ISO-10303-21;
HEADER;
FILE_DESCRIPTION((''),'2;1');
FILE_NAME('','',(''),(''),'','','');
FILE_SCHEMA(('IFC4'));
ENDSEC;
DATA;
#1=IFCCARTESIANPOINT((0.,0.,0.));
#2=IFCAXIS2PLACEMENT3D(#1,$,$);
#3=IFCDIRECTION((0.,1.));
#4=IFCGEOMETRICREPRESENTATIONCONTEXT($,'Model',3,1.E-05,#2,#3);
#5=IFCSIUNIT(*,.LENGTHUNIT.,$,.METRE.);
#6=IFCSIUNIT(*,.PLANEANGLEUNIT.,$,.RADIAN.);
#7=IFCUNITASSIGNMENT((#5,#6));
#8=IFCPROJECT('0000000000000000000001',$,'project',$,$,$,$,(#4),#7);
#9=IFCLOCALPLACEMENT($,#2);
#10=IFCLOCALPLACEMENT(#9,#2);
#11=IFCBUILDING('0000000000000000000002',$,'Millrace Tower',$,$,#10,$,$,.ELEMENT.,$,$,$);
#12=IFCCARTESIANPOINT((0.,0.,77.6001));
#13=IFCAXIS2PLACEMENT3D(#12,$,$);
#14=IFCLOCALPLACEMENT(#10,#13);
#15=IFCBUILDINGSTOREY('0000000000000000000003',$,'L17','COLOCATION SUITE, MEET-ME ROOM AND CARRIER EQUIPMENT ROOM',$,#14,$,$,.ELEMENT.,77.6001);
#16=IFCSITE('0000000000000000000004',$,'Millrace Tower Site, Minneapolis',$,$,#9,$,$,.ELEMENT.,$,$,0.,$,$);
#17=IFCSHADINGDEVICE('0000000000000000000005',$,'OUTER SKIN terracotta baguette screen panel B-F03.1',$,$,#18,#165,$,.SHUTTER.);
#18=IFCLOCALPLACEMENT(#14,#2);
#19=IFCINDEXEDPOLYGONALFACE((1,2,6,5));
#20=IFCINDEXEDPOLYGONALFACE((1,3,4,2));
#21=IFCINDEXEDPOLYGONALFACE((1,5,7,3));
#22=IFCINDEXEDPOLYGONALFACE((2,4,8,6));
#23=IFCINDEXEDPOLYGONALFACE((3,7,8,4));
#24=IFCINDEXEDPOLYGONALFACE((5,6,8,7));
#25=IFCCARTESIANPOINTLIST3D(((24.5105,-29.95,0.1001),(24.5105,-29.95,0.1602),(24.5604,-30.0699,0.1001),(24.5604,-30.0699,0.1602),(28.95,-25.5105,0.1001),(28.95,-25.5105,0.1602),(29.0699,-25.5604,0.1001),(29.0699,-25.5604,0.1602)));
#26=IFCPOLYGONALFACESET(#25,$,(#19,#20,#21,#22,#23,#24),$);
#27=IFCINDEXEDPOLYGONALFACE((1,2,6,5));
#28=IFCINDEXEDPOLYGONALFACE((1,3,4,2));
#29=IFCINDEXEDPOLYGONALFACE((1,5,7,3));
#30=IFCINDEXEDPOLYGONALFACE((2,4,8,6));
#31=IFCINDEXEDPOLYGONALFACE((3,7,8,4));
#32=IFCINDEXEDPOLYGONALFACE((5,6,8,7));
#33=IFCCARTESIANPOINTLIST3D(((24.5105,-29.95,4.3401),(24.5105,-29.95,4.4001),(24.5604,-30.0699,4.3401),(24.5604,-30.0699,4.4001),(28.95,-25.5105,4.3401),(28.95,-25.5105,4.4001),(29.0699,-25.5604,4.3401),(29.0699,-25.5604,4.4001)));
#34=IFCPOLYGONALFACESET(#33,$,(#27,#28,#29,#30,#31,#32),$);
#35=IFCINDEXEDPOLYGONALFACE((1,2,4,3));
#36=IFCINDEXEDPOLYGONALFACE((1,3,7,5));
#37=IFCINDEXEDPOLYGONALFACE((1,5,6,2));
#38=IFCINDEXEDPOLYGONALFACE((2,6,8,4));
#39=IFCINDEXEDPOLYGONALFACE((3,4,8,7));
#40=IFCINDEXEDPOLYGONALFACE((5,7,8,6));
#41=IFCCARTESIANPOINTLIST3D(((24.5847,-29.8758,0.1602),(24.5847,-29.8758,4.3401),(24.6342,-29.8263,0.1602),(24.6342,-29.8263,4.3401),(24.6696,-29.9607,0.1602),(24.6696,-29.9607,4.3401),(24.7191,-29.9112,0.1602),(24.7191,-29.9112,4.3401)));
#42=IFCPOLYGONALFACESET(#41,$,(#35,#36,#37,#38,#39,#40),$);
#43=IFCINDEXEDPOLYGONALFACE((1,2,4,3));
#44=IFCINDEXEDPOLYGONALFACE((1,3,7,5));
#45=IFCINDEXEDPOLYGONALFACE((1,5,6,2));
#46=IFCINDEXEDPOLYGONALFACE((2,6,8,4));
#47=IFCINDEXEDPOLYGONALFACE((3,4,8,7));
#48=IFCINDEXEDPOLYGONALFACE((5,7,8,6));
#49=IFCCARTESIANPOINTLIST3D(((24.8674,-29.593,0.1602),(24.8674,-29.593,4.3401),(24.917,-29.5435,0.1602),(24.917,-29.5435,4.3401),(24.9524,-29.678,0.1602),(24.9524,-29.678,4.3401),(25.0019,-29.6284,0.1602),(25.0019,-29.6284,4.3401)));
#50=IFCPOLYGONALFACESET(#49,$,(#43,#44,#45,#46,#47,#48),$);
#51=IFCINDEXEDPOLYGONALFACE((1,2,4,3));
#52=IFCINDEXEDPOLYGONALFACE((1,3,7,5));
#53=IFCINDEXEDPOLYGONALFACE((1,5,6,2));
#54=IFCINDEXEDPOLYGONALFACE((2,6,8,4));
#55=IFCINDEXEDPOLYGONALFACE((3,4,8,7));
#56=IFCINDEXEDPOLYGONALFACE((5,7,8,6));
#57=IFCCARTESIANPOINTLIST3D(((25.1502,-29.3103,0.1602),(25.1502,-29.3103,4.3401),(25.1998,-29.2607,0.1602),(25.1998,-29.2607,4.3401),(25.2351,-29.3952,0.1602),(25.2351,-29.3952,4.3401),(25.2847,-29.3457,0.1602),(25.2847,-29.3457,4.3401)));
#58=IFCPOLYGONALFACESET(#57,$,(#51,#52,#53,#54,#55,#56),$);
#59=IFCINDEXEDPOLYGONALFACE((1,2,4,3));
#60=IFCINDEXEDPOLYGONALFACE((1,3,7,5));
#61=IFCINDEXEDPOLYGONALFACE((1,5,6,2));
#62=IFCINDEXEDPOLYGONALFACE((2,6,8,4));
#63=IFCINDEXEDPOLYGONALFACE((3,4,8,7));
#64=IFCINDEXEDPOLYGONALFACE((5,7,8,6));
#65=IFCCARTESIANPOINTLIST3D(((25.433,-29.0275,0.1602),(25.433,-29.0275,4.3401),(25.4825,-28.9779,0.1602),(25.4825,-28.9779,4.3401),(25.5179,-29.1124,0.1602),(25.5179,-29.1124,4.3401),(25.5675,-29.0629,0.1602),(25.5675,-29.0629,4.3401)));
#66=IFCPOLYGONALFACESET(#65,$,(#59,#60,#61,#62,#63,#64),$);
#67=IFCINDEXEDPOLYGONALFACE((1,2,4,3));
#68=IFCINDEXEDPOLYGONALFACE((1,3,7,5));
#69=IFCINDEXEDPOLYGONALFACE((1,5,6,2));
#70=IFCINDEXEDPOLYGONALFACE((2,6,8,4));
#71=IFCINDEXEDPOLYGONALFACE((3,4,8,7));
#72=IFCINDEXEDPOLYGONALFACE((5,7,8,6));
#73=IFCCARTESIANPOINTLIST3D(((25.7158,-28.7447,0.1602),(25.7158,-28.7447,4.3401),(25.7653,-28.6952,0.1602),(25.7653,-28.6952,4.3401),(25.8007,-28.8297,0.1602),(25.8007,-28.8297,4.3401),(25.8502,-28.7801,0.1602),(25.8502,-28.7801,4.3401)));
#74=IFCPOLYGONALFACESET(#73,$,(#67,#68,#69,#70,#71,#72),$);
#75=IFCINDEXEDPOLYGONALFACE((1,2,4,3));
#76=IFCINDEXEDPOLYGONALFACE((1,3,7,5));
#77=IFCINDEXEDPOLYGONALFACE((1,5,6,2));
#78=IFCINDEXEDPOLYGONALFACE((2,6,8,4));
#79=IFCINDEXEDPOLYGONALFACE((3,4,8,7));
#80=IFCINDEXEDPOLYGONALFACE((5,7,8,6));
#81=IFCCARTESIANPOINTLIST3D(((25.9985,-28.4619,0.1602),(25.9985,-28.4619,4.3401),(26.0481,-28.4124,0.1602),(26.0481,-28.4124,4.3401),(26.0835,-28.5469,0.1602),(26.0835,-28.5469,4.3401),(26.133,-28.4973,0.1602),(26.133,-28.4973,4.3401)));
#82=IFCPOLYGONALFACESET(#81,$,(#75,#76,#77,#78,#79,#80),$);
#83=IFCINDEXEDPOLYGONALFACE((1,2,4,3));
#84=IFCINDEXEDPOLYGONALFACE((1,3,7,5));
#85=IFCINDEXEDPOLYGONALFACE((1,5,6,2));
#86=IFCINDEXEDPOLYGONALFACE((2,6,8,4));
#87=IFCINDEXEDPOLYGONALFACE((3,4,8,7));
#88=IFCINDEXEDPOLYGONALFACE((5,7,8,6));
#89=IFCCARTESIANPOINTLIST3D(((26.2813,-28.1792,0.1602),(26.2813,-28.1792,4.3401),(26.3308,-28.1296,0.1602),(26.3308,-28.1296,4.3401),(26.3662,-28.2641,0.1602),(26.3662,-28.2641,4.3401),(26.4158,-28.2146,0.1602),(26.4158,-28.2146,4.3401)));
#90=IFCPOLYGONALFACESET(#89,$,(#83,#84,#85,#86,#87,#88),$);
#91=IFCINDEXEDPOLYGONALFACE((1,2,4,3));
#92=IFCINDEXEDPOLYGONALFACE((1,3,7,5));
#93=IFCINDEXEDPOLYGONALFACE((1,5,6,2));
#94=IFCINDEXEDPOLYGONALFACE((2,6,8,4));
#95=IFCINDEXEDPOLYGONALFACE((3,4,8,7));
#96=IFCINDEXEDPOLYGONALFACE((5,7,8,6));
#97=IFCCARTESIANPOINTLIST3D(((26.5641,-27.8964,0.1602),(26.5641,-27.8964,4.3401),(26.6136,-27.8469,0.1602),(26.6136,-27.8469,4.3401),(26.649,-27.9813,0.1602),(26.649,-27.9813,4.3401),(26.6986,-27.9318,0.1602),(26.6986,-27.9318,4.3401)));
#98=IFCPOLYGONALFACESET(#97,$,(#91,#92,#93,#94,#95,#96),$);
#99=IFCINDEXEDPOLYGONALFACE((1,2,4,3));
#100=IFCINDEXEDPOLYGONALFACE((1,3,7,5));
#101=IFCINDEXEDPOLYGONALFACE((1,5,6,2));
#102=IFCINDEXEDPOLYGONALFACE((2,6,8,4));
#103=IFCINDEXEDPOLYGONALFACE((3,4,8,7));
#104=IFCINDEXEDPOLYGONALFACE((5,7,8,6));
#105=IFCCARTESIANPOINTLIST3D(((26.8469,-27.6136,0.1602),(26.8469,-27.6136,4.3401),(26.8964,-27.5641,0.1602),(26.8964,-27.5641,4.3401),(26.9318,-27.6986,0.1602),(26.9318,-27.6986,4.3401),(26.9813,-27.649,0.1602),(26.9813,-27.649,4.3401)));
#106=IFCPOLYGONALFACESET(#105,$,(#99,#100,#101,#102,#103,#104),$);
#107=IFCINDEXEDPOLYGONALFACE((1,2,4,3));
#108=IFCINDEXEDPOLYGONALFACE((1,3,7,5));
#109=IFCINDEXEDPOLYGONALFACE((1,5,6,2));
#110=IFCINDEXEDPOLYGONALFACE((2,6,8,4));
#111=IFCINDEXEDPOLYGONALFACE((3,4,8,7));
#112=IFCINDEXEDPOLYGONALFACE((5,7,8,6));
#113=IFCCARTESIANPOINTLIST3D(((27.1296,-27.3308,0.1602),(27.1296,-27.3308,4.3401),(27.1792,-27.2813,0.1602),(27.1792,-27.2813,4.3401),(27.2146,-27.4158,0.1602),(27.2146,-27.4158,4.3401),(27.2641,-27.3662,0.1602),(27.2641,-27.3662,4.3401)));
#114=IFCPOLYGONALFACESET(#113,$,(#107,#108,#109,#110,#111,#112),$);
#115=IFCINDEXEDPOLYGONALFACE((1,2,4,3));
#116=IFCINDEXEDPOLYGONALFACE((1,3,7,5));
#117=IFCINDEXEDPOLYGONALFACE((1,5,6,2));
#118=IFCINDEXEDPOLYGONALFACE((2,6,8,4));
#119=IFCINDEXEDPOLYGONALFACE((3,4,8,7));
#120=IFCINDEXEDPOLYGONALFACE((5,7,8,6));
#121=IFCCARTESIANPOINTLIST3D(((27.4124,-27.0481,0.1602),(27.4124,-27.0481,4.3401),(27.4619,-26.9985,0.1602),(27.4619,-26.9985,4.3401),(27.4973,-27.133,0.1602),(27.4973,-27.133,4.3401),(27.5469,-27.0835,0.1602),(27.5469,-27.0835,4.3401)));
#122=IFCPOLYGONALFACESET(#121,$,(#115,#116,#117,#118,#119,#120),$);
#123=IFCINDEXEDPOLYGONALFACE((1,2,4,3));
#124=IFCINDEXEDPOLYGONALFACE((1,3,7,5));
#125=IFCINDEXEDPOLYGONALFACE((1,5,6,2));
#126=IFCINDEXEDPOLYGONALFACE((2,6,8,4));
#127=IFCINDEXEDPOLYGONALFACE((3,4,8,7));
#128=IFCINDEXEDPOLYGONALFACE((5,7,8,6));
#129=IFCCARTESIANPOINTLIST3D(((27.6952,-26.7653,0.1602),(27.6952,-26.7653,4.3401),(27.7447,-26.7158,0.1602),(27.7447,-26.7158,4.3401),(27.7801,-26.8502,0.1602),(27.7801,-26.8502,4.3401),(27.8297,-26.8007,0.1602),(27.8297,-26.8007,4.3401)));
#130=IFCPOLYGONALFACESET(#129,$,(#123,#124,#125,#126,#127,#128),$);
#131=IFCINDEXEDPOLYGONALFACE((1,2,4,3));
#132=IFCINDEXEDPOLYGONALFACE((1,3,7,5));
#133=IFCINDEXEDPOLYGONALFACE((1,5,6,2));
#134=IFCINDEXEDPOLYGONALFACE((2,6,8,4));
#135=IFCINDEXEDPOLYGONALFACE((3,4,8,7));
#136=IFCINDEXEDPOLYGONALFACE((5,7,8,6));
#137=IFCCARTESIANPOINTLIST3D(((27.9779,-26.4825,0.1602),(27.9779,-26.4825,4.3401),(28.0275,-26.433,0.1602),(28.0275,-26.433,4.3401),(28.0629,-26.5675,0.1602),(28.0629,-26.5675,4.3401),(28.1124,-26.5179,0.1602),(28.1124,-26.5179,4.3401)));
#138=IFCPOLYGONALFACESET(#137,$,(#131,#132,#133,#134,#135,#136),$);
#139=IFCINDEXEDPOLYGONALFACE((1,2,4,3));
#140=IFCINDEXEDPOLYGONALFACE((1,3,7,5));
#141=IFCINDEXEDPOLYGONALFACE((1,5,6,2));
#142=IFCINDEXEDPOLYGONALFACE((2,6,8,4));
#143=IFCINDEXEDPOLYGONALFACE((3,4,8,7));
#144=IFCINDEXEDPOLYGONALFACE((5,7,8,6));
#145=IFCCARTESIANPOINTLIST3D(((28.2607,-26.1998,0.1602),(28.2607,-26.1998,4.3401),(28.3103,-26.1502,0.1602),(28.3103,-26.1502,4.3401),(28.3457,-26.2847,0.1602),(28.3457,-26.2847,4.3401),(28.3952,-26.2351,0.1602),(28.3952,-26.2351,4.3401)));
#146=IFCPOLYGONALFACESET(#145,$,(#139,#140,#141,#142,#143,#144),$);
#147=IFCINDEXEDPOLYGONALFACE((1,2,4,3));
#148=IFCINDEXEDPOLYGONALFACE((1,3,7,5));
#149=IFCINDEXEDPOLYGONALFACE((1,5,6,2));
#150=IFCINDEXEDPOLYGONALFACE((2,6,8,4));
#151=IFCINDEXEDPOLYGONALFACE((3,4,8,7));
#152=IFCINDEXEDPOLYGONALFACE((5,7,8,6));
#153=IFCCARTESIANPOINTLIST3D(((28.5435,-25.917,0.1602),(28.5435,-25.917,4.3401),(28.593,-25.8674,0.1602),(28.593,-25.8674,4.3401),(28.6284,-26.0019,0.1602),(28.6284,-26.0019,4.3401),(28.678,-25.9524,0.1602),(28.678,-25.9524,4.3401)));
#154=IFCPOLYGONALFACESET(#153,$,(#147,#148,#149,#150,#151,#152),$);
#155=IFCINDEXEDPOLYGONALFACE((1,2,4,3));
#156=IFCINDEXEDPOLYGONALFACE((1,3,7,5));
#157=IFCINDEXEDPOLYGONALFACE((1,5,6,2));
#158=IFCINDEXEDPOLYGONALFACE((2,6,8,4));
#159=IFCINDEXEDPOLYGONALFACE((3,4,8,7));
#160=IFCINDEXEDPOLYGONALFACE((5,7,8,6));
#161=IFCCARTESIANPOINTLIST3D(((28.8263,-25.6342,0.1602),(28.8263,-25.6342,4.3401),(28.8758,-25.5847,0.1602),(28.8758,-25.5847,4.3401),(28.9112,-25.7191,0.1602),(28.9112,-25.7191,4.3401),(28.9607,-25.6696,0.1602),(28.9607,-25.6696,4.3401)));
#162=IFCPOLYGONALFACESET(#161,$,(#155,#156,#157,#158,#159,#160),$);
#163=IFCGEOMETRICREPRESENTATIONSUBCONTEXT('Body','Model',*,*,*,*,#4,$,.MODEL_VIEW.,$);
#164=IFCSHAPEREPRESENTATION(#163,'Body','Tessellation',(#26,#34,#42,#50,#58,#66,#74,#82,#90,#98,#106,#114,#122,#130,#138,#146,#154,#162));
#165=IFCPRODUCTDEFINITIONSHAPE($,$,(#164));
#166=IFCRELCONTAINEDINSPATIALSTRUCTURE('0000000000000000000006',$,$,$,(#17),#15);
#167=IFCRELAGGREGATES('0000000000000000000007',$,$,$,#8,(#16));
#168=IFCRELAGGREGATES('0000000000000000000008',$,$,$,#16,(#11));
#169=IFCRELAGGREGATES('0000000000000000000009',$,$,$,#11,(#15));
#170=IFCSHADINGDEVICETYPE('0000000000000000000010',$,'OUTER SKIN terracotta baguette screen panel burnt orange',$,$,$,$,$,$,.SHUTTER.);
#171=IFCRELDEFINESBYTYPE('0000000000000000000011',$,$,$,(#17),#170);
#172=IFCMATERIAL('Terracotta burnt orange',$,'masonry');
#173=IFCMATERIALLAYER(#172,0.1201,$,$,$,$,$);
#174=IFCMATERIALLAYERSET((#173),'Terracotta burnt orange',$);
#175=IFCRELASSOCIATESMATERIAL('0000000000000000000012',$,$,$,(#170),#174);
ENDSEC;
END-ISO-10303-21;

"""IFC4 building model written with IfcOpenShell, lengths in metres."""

from ifc_helpers import new_model, entity, si_unit, direction, frame, frame_2d, origin, place, context, subcontext, project, spatial, rectangle, extrude, source, transform, mapped, material, layer, layer_set, type_object, element, save


model = new_model("IFC4")

# Units and contexts
model_context = context("Model", 3, precision=1e-05, world=origin(), true_north=direction((0.0, 1.0)))
body_context = subcontext(model_context, "Body", "Model", "MODEL_VIEW")
ifc_project = project(units=[si_unit("LENGTHUNIT", "METRE"), si_unit("PLANEANGLEUNIT", "RADIAN")], contexts=[model_context])

# Site, building, storey
site_placement = place(None, origin())
site = spatial("IfcSite", under=ifc_project, at=site_placement, Name="Millrace Tower Site, Minneapolis", CompositionType="ELEMENT", RefElevation=0.0)
building_placement = place(site_placement, origin())
building = spatial("IfcBuilding", under=site, at=building_placement, Name="Millrace Tower", CompositionType="ELEMENT")
storey_placement = place(building_placement, frame((0.0, 0.0, 77.6001)))
storey = spatial("IfcBuildingStorey", under=building, at=storey_placement, Name="L17", Description="COLOCATION SUITE, MEET-ME ROOM AND CARRIER EQUIPMENT ROOM", CompositionType="ELEMENT", Elevation=77.6001)

# Shading device
ifc_material_1 = material(Name="Terracotta burnt orange", Category="masonry")
ifc_layer_1 = layer(ifc_material_1, 0.1201)
ifc_layer_set_1 = layer_set([ifc_layer_1], Name="Terracotta burnt orange")
shading_device_type = type_object("IfcShadingDeviceType", Name="OUTER SKIN terracotta baguette screen panel burnt orange", PredefinedType="SHUTTER", material=ifc_layer_set_1)
cartesian_point_1 = entity("IfcCartesianPoint", [-3.1392, 0.0601])
shared_polyline_1 = entity("IfcPolyline", [cartesian_point_1, entity("IfcCartesianPoint", [3.1392, 0.0601]), entity("IfcCartesianPoint", [3.1887, -0.0601]), entity("IfcCartesianPoint", [-3.1887, -0.0601]), cartesian_point_1])
shared_shape_1 = source(origin(), body_context, "Body", "SweptSolid", [
    entity("IfcExtrudedAreaSolid", entity("IfcArbitraryClosedProfileDef", "AREA", None, shared_polyline_1), entity("IfcAxis2Placement3D", entity("IfcCartesianPoint", [0.0, 0.0, 0.0])), entity("IfcDirection", [0.0, 0.0, 1.0]), 0.0601),
    entity("IfcExtrudedAreaSolid", entity("IfcArbitraryClosedProfileDef", "AREA", None, shared_polyline_1), entity("IfcAxis2Placement3D", entity("IfcCartesianPoint", [0.0, 0.0, 4.24])), entity("IfcDirection", [0.0, 0.0, 1.0]), 0.0601),
    extrude(rectangle(XDim=0.0701, YDim=0.1201, at=frame_2d((-2.9993, 0.0))), frame((0.0, 0.0, 0.0601)), (0.0, 0.0, 1.0), 4.1799),
    extrude(rectangle(XDim=0.0701, YDim=0.1201, at=frame_2d((-2.5994, 0.0))), frame((0.0, 0.0, 0.0601)), (0.0, 0.0, 1.0), 4.1799),
    extrude(rectangle(XDim=0.0701, YDim=0.1201, at=frame_2d((-2.1995, 0.0))), frame((0.0, 0.0, 0.0601)), (0.0, 0.0, 1.0), 4.1799),
    extrude(rectangle(XDim=0.0701, YDim=0.1201, at=frame_2d((-1.7996, 0.0))), frame((0.0, 0.0, 0.0601)), (0.0, 0.0, 1.0), 4.1799),
    extrude(rectangle(XDim=0.0701, YDim=0.1201, at=frame_2d((-1.3997, 0.0))), frame((0.0, 0.0, 0.0601)), (0.0, 0.0, 1.0), 4.1799),
    extrude(rectangle(XDim=0.0701, YDim=0.1201, at=frame_2d((-0.9998, 0.0))), frame((0.0, 0.0, 0.0601)), (0.0, 0.0, 1.0), 4.1799),
    extrude(rectangle(XDim=0.0701, YDim=0.1201, at=frame_2d((-0.5999, 0.0))), frame((0.0, 0.0, 0.0601)), (0.0, 0.0, 1.0), 4.1799),
    extrude(rectangle(XDim=0.0701, YDim=0.1201, at=frame_2d((-0.2, 0.0))), frame((0.0, 0.0, 0.0601)), (0.0, 0.0, 1.0), 4.1799),
    extrude(rectangle(XDim=0.0701, YDim=0.1201, at=frame_2d((0.2, 0.0))), frame((0.0, 0.0, 0.0601)), (0.0, 0.0, 1.0), 4.1799),
    extrude(rectangle(XDim=0.0701, YDim=0.1201, at=frame_2d((0.5999, 0.0))), frame((0.0, 0.0, 0.0601)), (0.0, 0.0, 1.0), 4.1799),
    extrude(rectangle(XDim=0.0701, YDim=0.1201, at=frame_2d((0.9998, 0.0))), frame((0.0, 0.0, 0.0601)), (0.0, 0.0, 1.0), 4.1799),
    extrude(rectangle(XDim=0.0701, YDim=0.1201, at=frame_2d((1.3997, 0.0))), frame((0.0, 0.0, 0.0601)), (0.0, 0.0, 1.0), 4.1799),
    extrude(rectangle(XDim=0.0701, YDim=0.1201, at=frame_2d((1.7996, 0.0))), frame((0.0, 0.0, 0.0601)), (0.0, 0.0, 1.0), 4.1799),
    extrude(rectangle(XDim=0.0701, YDim=0.1201, at=frame_2d((2.1995, 0.0))), frame((0.0, 0.0, 0.0601)), (0.0, 0.0, 1.0), 4.1799),
    extrude(rectangle(XDim=0.0701, YDim=0.1201, at=frame_2d((2.5994, 0.0))), frame((0.0, 0.0, 0.0601)), (0.0, 0.0, 1.0), 4.1799),
    extrude(rectangle(XDim=0.0701, YDim=0.1201, at=frame_2d((2.9993, 0.0))), frame((0.0, 0.0, 0.0601)), (0.0, 0.0, 1.0), 4.1799),
])
shading_device_1_placement = place(storey_placement, frame((26.7727, -27.7727, 0.1001), z_axis=(0.0, 0.0, 1.0), x_axis=(0.707107, 0.707107, 0.0)))
element("IfcShadingDevice", 1, at=shading_device_1_placement, inside=storey, type_object=shading_device_type, Name="OUTER SKIN terracotta baguette screen panel B-F03.1", PredefinedType="SHUTTER", context=body_context, shape_type="MappedRepresentation", body=[
    mapped(shared_shape_1, transform((0.0, 0.0, 0.0), scale=1.0)),
])

save(model, "model.ifc")
